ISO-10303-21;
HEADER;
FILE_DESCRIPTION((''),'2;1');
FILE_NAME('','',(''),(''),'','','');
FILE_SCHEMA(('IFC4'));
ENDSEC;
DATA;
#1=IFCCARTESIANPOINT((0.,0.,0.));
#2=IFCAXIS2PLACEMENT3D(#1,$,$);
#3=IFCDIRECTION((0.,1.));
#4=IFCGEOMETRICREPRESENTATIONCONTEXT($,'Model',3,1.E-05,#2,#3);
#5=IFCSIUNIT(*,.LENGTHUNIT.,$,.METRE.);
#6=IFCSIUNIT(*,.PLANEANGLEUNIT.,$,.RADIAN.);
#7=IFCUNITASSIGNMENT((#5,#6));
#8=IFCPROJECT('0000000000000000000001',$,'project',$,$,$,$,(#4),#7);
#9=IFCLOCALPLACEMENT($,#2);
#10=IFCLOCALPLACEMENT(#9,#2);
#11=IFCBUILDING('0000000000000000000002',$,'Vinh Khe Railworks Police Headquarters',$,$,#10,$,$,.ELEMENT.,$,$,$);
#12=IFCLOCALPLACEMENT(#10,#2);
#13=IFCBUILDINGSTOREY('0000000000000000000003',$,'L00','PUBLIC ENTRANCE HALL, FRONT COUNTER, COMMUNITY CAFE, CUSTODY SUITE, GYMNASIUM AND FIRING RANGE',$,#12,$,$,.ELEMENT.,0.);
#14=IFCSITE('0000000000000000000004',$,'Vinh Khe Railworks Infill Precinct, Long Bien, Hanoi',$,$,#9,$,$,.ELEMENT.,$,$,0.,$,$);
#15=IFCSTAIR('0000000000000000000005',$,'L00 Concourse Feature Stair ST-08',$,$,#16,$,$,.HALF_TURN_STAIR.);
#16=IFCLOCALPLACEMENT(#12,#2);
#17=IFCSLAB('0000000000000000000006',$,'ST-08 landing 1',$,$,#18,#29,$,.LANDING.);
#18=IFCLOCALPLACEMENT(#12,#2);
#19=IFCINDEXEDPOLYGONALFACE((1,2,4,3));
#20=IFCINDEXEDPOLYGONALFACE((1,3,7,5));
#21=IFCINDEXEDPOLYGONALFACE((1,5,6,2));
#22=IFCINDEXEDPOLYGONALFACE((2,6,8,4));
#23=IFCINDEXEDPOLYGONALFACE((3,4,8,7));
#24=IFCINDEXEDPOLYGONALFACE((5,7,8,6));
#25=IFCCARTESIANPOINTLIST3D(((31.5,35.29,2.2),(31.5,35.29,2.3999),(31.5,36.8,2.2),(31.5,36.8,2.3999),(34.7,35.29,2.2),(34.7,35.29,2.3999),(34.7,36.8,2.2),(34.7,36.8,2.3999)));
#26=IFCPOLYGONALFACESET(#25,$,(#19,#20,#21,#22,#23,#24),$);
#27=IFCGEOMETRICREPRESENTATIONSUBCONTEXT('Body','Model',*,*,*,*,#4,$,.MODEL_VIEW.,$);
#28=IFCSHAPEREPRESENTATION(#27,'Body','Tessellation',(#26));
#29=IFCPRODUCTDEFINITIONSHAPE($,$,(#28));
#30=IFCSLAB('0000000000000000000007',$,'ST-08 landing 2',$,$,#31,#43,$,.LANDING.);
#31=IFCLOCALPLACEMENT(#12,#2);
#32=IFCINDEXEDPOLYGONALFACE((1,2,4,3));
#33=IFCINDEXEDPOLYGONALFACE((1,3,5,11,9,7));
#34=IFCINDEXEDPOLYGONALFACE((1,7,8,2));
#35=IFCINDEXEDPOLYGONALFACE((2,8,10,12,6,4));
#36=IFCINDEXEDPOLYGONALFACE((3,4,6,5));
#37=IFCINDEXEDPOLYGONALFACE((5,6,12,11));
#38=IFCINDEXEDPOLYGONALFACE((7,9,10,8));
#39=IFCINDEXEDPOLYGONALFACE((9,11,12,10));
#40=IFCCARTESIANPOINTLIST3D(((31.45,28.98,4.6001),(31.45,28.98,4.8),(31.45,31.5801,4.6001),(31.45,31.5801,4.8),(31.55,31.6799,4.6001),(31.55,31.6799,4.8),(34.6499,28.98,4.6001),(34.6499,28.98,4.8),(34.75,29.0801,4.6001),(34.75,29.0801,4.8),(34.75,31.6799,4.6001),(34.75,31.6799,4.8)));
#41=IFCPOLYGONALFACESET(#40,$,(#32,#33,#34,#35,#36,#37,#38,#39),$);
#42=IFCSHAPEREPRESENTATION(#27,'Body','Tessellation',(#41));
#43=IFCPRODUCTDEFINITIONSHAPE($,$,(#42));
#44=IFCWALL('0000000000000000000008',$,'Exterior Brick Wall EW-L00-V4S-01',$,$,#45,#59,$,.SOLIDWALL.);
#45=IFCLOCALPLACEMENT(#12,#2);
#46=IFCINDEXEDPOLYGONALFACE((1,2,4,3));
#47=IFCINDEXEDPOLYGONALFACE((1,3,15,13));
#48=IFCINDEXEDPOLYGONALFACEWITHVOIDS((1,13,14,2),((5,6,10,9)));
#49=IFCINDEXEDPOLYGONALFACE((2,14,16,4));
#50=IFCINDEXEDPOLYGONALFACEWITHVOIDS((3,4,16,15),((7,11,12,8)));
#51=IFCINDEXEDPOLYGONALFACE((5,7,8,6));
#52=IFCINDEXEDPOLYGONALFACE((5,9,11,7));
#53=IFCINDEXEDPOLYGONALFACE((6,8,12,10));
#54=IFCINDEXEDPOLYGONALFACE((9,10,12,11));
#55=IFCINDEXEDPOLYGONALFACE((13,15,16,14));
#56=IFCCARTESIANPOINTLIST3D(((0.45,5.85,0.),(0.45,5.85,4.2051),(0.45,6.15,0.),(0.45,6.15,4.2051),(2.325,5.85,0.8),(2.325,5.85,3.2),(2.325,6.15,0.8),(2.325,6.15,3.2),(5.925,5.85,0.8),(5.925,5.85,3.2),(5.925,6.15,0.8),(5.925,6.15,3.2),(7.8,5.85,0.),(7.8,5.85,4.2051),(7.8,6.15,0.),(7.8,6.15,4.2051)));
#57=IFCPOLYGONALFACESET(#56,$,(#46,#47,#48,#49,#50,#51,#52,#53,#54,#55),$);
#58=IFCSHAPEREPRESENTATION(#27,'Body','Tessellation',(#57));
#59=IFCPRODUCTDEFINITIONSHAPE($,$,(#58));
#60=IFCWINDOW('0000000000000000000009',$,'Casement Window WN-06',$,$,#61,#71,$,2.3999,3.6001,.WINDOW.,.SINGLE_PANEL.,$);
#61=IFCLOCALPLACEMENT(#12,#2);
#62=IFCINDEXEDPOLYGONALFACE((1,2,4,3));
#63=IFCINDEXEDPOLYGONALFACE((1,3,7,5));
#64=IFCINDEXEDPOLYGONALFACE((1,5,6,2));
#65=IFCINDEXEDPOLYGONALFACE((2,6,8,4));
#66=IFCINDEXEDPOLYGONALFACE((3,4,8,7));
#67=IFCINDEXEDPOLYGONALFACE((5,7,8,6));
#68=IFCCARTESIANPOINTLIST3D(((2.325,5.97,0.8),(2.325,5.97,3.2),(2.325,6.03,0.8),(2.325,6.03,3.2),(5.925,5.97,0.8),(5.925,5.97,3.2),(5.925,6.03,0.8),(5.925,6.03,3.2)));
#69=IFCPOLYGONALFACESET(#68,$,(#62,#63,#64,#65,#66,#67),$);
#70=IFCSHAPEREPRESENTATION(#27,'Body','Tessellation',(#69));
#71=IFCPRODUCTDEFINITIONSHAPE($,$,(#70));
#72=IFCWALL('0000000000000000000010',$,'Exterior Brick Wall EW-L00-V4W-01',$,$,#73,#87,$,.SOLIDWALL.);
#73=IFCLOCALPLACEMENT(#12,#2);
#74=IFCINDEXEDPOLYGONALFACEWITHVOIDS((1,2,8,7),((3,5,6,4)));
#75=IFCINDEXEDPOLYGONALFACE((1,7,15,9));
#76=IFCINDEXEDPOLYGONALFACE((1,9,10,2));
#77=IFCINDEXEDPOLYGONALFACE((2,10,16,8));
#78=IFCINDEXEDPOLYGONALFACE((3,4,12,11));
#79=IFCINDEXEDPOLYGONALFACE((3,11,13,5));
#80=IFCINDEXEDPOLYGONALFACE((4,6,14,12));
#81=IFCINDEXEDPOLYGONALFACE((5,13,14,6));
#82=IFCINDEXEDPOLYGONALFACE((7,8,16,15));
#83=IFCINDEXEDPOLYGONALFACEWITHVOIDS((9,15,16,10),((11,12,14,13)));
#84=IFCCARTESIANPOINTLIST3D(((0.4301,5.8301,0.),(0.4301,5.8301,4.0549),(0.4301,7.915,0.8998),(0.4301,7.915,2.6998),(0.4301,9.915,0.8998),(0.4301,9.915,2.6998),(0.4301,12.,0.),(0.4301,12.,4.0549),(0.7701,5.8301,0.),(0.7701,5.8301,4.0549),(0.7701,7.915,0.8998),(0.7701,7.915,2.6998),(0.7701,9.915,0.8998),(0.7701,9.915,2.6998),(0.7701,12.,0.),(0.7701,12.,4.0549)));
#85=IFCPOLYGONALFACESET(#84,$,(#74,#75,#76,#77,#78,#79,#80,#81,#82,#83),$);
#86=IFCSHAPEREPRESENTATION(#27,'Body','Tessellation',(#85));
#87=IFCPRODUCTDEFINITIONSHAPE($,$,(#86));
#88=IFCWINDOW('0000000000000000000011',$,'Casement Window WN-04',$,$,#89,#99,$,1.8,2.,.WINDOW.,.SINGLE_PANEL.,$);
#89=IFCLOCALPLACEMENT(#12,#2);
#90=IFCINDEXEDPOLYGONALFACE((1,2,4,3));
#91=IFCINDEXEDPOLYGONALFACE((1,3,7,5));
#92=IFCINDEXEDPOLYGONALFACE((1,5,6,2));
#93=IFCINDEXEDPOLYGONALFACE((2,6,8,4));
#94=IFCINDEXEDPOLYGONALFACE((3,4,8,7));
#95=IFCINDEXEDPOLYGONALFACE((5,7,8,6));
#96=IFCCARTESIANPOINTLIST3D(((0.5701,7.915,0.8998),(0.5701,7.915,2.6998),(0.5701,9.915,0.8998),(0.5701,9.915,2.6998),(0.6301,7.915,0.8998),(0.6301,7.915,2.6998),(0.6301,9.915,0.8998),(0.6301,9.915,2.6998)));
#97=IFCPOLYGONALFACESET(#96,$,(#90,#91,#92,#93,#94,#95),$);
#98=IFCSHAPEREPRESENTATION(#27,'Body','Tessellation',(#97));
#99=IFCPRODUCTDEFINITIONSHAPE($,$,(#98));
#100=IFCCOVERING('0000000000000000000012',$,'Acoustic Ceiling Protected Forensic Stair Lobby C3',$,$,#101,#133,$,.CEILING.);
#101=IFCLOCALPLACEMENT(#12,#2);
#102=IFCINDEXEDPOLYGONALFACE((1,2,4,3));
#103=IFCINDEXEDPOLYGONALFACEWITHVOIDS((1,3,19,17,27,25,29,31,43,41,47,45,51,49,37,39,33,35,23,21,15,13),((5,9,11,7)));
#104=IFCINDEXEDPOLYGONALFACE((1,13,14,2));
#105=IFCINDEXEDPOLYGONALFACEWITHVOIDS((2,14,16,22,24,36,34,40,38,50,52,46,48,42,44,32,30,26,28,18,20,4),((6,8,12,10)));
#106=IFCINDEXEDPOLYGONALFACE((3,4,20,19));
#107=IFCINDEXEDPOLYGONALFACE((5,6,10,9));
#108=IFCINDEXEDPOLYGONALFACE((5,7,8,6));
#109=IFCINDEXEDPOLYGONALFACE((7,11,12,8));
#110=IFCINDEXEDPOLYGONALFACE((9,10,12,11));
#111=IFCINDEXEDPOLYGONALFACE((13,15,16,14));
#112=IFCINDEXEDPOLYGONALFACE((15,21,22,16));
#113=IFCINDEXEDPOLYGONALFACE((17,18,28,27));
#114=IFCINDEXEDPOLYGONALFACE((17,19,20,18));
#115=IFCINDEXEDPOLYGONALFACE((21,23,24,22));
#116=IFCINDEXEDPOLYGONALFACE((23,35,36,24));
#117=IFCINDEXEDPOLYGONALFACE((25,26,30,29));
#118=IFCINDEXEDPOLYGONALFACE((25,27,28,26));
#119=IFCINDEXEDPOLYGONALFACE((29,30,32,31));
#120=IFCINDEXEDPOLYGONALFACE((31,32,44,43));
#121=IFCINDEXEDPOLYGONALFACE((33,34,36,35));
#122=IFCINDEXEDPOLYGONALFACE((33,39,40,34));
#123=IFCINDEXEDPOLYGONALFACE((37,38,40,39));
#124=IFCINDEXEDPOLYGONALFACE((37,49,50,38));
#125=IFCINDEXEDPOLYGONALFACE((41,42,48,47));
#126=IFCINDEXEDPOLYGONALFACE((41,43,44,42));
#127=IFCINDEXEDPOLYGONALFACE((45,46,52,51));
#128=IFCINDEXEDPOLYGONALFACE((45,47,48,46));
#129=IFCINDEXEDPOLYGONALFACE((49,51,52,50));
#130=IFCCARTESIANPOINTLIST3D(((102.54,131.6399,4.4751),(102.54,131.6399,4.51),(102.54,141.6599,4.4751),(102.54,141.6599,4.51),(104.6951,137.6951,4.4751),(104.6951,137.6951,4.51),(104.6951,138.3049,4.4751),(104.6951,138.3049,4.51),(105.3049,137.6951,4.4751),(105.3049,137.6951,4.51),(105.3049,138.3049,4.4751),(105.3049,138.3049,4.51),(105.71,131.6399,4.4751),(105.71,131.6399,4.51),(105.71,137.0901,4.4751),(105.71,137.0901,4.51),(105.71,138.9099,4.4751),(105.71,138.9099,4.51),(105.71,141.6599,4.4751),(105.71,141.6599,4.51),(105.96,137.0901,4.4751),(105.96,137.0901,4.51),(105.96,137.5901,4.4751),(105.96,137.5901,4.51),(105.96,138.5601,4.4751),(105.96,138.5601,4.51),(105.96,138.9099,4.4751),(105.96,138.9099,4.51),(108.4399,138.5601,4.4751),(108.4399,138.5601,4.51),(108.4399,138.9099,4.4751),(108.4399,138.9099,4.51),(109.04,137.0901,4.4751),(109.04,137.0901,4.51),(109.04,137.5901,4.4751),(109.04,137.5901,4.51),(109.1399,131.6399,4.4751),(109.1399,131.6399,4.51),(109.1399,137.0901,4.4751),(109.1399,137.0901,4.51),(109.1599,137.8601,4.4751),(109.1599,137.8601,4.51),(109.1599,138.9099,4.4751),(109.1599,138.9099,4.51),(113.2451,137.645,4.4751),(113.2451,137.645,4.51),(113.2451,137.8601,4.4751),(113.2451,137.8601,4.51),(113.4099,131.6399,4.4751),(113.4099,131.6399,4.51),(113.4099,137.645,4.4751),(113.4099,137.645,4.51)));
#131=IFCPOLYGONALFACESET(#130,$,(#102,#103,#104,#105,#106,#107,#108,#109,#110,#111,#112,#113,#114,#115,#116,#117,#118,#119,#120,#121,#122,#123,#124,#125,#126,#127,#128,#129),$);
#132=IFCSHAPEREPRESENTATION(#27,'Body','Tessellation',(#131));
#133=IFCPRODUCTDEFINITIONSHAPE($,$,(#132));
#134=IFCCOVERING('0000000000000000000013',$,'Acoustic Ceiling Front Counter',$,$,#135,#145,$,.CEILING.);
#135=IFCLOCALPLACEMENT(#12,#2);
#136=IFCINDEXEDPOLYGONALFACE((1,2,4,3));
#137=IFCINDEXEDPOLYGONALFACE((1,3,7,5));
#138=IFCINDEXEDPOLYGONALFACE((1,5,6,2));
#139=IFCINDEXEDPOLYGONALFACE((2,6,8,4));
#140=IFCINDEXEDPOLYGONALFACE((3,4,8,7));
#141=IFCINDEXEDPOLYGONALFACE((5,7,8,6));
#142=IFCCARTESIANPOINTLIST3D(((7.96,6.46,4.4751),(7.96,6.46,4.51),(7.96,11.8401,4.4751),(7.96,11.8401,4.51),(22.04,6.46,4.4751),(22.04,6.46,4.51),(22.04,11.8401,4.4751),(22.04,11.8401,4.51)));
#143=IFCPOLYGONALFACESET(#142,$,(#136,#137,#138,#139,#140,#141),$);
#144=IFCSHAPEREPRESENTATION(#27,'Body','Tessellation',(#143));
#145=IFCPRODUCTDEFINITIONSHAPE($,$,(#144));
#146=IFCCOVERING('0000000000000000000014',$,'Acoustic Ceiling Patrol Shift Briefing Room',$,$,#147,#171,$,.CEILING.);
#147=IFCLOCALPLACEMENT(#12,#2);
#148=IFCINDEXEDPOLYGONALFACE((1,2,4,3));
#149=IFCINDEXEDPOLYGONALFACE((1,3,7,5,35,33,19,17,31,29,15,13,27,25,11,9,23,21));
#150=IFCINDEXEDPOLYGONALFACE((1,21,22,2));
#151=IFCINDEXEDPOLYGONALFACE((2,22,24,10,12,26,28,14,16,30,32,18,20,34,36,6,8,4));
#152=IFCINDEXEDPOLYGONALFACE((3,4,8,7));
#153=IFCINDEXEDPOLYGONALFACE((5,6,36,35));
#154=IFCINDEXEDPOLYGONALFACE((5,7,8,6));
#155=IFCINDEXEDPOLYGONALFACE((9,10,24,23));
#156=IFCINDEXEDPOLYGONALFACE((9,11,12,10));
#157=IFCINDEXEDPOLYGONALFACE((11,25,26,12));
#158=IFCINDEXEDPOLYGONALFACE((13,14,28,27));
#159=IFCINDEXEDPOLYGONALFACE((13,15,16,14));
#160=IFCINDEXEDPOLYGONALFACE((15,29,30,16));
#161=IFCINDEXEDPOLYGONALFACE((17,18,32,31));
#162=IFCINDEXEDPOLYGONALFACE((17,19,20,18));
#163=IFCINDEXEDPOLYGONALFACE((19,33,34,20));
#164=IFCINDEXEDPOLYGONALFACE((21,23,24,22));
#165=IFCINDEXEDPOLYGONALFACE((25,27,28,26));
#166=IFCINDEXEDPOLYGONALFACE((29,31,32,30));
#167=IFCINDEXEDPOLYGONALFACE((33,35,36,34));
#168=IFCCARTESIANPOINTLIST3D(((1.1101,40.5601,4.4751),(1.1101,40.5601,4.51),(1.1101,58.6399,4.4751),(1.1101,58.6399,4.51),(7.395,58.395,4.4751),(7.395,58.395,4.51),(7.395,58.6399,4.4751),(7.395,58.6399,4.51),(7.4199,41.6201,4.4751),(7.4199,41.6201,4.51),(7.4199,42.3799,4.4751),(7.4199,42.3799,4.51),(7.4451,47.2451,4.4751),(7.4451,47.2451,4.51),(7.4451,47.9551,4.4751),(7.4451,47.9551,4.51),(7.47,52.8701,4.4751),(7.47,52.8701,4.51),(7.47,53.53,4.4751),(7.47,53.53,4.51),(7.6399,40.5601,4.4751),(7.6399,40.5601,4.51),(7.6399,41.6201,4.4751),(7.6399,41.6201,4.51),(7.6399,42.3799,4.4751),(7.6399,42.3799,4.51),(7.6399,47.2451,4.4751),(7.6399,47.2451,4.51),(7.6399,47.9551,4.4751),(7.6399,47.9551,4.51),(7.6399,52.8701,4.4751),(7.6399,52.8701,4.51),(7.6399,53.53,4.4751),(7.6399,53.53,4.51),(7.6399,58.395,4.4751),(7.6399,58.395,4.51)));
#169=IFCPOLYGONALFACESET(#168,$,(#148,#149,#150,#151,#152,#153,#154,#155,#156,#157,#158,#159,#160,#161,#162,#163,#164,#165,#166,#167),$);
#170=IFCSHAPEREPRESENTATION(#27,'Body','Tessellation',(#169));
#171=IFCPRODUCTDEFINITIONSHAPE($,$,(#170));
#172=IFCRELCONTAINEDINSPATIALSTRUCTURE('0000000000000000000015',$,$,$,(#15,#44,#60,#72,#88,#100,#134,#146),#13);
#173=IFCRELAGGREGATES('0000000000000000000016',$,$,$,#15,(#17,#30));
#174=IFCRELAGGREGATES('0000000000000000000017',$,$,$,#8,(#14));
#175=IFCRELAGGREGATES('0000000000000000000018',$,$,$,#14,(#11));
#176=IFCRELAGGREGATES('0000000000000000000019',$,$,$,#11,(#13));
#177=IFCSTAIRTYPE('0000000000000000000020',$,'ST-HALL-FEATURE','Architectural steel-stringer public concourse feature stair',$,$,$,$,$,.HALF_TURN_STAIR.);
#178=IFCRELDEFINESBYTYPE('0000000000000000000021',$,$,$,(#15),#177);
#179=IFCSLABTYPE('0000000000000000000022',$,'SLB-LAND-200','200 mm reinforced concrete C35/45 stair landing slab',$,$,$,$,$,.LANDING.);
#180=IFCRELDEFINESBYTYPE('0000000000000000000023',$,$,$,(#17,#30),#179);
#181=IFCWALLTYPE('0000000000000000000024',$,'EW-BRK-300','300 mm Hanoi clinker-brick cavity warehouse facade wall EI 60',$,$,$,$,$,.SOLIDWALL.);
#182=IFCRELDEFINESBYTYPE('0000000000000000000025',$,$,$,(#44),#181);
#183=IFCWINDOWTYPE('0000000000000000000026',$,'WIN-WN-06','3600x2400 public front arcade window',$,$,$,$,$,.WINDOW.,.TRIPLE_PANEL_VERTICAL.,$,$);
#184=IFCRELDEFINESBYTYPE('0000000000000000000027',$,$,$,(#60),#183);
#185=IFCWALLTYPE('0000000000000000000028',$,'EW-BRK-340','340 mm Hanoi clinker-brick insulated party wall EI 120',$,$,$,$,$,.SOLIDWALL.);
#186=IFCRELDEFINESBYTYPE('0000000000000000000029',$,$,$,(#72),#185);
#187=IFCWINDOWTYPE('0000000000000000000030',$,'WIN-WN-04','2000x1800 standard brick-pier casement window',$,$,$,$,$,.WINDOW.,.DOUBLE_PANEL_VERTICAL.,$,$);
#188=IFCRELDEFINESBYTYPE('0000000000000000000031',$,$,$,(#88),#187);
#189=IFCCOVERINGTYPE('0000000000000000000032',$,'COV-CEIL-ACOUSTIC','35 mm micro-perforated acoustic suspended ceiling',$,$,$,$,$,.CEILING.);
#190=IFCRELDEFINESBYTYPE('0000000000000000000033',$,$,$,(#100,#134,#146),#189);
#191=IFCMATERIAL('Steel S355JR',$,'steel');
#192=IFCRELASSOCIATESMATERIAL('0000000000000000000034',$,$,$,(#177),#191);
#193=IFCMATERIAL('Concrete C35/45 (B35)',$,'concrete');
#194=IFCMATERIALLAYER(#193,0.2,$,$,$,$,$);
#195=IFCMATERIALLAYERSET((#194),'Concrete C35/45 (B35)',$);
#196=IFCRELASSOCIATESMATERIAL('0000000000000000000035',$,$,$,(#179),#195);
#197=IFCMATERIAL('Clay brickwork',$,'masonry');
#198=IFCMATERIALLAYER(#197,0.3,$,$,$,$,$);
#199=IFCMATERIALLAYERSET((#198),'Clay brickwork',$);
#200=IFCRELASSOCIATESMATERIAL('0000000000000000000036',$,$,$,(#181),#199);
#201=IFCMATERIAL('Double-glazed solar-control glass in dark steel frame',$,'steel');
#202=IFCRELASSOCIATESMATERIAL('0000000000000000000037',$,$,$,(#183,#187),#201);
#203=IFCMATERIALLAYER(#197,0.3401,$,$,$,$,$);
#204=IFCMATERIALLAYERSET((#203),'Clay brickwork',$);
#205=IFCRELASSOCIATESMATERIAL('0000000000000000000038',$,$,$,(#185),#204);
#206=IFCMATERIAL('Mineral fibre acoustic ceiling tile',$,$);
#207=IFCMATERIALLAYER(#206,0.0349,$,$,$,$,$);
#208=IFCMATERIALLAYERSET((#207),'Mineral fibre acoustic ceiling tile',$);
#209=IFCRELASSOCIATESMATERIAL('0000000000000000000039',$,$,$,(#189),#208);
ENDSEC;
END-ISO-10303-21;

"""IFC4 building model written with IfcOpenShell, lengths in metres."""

from ifc_helpers import new_model, si_unit, direction, frame, frame_2d, origin, place, context, subcontext, project, spatial, polyline, rectangle, outline, extrude, material, layer, layer_set, type_object, element, fill, aggregate, save


model = new_model("IFC4")

# Units and contexts
model_context = context("Model", 3, precision=1e-05, world=origin(), true_north=direction((0.0, 1.0)))
body_context = subcontext(model_context, "Body", "Model", "MODEL_VIEW")
ifc_project = project(units=[si_unit("LENGTHUNIT", "METRE"), si_unit("PLANEANGLEUNIT", "RADIAN")], contexts=[model_context])

# Site, building, storey
site_placement = place(None, origin())
site = spatial("IfcSite", under=ifc_project, at=site_placement, Name="Vinh Khe Railworks Infill Precinct, Long Bien, Hanoi", CompositionType="ELEMENT", RefElevation=0.0)
building_placement = place(site_placement, origin())
building = spatial("IfcBuilding", under=site, at=building_placement, Name="Vinh Khe Railworks Police Headquarters", CompositionType="ELEMENT")
storey_placement = place(building_placement, origin())
storey = spatial("IfcBuildingStorey", under=building, at=storey_placement, Name="L00", Description="PUBLIC ENTRANCE HALL, FRONT COUNTER, COMMUNITY CAFE, CUSTODY SUITE, GYMNASIUM AND FIRING RANGE", CompositionType="ELEMENT", Elevation=0.0)

# Shared definitions
ifc_material_1 = material(Name="Concrete C35/45 (B35)", Category="concrete")

# Stair, slabs
ifc_material_2 = material(Name="Steel S355JR", Category="steel")
stair_type = type_object("IfcStairType", Name="ST-HALL-FEATURE", Description="Architectural steel-stringer public concourse feature stair", PredefinedType="HALF_TURN_STAIR", material=ifc_material_2)
stair_placement = place(storey_placement, origin())
stair = element("IfcStair", 1, at=stair_placement, inside=storey, type_object=stair_type, Name="L00 Concourse Feature Stair ST-08", PredefinedType="HALF_TURN_STAIR")
ifc_layer_1 = layer(ifc_material_1, 0.2)
ifc_layer_set_1 = layer_set([ifc_layer_1], Name="Concrete C35/45 (B35)")
slab_type = type_object("IfcSlabType", Name="SLB-LAND-200", Description="200 mm reinforced concrete C35/45 stair landing slab", PredefinedType="LANDING", material=ifc_layer_set_1)
slab_1_placement = place(storey_placement, frame((0.0, 0.0, 2.2)))
slab_1 = element("IfcSlab", 2, at=slab_1_placement, type_object=slab_type, Name="ST-08 landing 1", PredefinedType="LANDING", context=body_context, shape_type="SweptSolid", body=[
    extrude(outline(polyline([(34.7, 35.29), (34.7, 36.8), (31.5, 36.8), (31.5, 35.29), (34.7, 35.29)])), origin(), (0.0, 0.0, 1.0), 0.2),
])
slab_2_placement = place(storey_placement, frame((0.0, 0.0, 4.6001)))
slab_2 = element("IfcSlab", 3, at=slab_2_placement, type_object=slab_type, Name="ST-08 landing 2", PredefinedType="LANDING", context=body_context, shape_type="SweptSolid", body=[
    extrude(outline(polyline([(31.45, 28.98), (34.6499, 28.98), (34.75, 29.0801), (34.75, 31.6799), (31.55, 31.6799), (31.45, 31.5801), (31.45, 28.98)])), origin(), (0.0, 0.0, 1.0), 0.2),
])
aggregate(stair, [slab_1, slab_2])

# Walls, openings, windows
ifc_material_3 = material(Name="Clay brickwork", Category="masonry")
ifc_layer_2 = layer(ifc_material_3, 0.3)
ifc_layer_set_2 = layer_set([ifc_layer_2], Name="Clay brickwork")
wall_type_1 = type_object("IfcWallType", Name="EW-BRK-300", Description="300 mm Hanoi clinker-brick cavity warehouse facade wall EI 60", PredefinedType="SOLIDWALL", material=ifc_layer_set_2)
wall_1_placement = place(storey_placement, frame((0.45, 6.0, 0.0), z_axis=(0.0, 0.0, 1.0), x_axis=(1.0, 0.0, 0.0)))
wall_1 = element("IfcWall", 4, at=wall_1_placement, inside=storey, type_object=wall_type_1, Name="Exterior Brick Wall EW-L00-V4S-01", PredefinedType="SOLIDWALL", context=body_context, shape_type="SweptSolid", body=[
    extrude(rectangle(XDim=7.3501, YDim=0.3, at=frame_2d((3.675, 0.0))), origin(), (0.0, 0.0, 1.0), 4.2051),
])
opening_1_placement = place(wall_1_placement, frame((1.875, 0.0, 0.8)))
opening_1 = element("IfcOpeningElement", 5, at=opening_1_placement, cuts=wall_1, PredefinedType="OPENING", context=body_context, shape_type="SweptSolid", body=[
    extrude(rectangle(XDim=3.6001, YDim=2.3999, at=frame_2d((1.8, 1.2))), frame((0.0, 0.165, 0.0), z_axis=(0.0, -1.0, 0.0), x_axis=(1.0, 0.0, 0.0)), (0.0, 0.0, 1.0), 0.3298),
])
ifc_material_4 = material(Name="Double-glazed solar-control glass in dark steel frame", Category="steel")
window_type_1 = type_object("IfcWindowType", Name="WIN-WN-06", Description="3600x2400 public front arcade window", PartitioningType="TRIPLE_PANEL_VERTICAL", PredefinedType="WINDOW", material=ifc_material_4)
window_1_placement = place(opening_1_placement, origin())
window_1 = element("IfcWindow", 6, at=window_1_placement, inside=storey, type_object=window_type_1, Name="Casement Window WN-06", OverallHeight=2.3999, OverallWidth=3.6001, PartitioningType="SINGLE_PANEL", PredefinedType="WINDOW", context=body_context, shape_type="SweptSolid", body=[
    extrude(rectangle(XDim=3.6001, YDim=2.3999, at=frame_2d((1.8, 1.2))), frame((0.0, 0.03, 0.0), z_axis=(0.0, -1.0, 0.0), x_axis=(1.0, 0.0, 0.0)), (0.0, 0.0, 1.0), 0.0601),
])
fill(opening_1, window_1)
ifc_layer_3 = layer(ifc_material_3, 0.3401)
ifc_layer_set_3 = layer_set([ifc_layer_3], Name="Clay brickwork")
wall_type_2 = type_object("IfcWallType", Name="EW-BRK-340", Description="340 mm Hanoi clinker-brick insulated party wall EI 120", PredefinedType="SOLIDWALL", material=ifc_layer_set_3)
wall_2_placement = place(storey_placement, frame((0.6001, 5.8301, 0.0), z_axis=(0.0, 0.0, 1.0), x_axis=(0.0, 1.0, 0.0)))
wall_2 = element("IfcWall", 7, at=wall_2_placement, inside=storey, type_object=wall_type_2, Name="Exterior Brick Wall EW-L00-V4W-01", PredefinedType="SOLIDWALL", context=body_context, shape_type="SweptSolid", body=[
    extrude(rectangle(XDim=6.1699, YDim=0.3401, at=frame_2d((3.085, 0.0))), origin(), (0.0, 0.0, 1.0), 4.0549),
])
opening_2_placement = place(wall_2_placement, frame((2.085, 0.0, 0.8999)))
opening_2 = element("IfcOpeningElement", 8, at=opening_2_placement, cuts=wall_2, PredefinedType="OPENING", context=body_context, shape_type="SweptSolid", body=[
    extrude(rectangle(XDim=2.0, YDim=1.8, at=frame_2d((1.0, 0.8999))), frame((0.0, 0.1851, 0.0), z_axis=(0.0, -1.0, 0.0), x_axis=(1.0, 0.0, 0.0)), (0.0, 0.0, 1.0), 0.3699),
])
window_type_2 = type_object("IfcWindowType", Name="WIN-WN-04", Description="2000x1800 standard brick-pier casement window", PartitioningType="DOUBLE_PANEL_VERTICAL", PredefinedType="WINDOW", material=ifc_material_4)
window_2_placement = place(opening_2_placement, origin())
window_2 = element("IfcWindow", 9, at=window_2_placement, inside=storey, type_object=window_type_2, Name="Casement Window WN-04", OverallHeight=1.8, OverallWidth=2.0, PartitioningType="SINGLE_PANEL", PredefinedType="WINDOW", context=body_context, shape_type="SweptSolid", body=[
    extrude(rectangle(XDim=2.0, YDim=1.8, at=frame_2d((1.0, 0.8999))), frame((0.0, 0.03, 0.0), z_axis=(0.0, -1.0, 0.0), x_axis=(1.0, 0.0, 0.0)), (0.0, 0.0, 1.0), 0.0601),
])
fill(opening_2, window_2)

# Coverings
ifc_material_5 = material(Name="Mineral fibre acoustic ceiling tile")
ifc_layer_4 = layer(ifc_material_5, 0.0349)
ifc_layer_set_4 = layer_set([ifc_layer_4], Name="Mineral fibre acoustic ceiling tile")
covering_type_1 = type_object("IfcCoveringType", Name="COV-CEIL-ACOUSTIC", Description="35 mm micro-perforated acoustic suspended ceiling", PredefinedType="CEILING", material=ifc_layer_set_4)
covering_1_placement = place(storey_placement, frame((0.0, 0.0, 4.4751)))
element("IfcCovering", 10, at=covering_1_placement, inside=storey, type_object=covering_type_1, Name="Acoustic Ceiling Protected Forensic Stair Lobby C3", PredefinedType="CEILING", context=body_context, shape_type="SweptSolid", body=[
    extrude(outline(polyline([(113.4099, 137.645), (113.2451, 137.645), (113.2451, 137.8601), (109.1599, 137.8601), (109.1599, 138.9099), (108.4399, 138.9099), (108.4399, 138.5601), (105.96, 138.5601), (105.96, 138.9099), (105.71, 138.9099), (105.71, 141.6599), (102.54, 141.6599), (102.54, 131.6399), (105.71, 131.6399), (105.71, 137.0901), (105.96, 137.0901), (105.96, 137.5901), (109.04, 137.5901), (109.04, 137.0901), (109.1399, 137.0901), (109.1399, 131.6399), (113.4099, 131.6399), (113.4099, 137.645)]), holes=[polyline([(105.3049, 137.6951), (104.6951, 137.6951), (104.6951, 138.3049), (105.3049, 138.3049), (105.3049, 137.6951)])]), origin(), (0.0, 0.0, 1.0), 0.0349),
])
covering_2_placement = place(storey_placement, frame((0.0, 0.0, 4.4751)))
element("IfcCovering", 11, at=covering_2_placement, inside=storey, type_object=covering_type_1, Name="Acoustic Ceiling Front Counter", PredefinedType="CEILING", context=body_context, shape_type="SweptSolid", body=[
    extrude(outline(polyline([(22.04, 11.8401), (7.96, 11.8401), (7.96, 6.46), (22.04, 6.46), (22.04, 11.8401)])), origin(), (0.0, 0.0, 1.0), 0.0349),
])
covering_3_placement = place(storey_placement, frame((0.0, 0.0, 4.4751)))
element("IfcCovering", 12, at=covering_3_placement, inside=storey, type_object=covering_type_1, Name="Acoustic Ceiling Patrol Shift Briefing Room", PredefinedType="CEILING", context=body_context, shape_type="SweptSolid", body=[
    extrude(outline(polyline([(7.6399, 58.395), (7.395, 58.395), (7.395, 58.6399), (1.1101, 58.6399), (1.1101, 40.5601), (7.6399, 40.5601), (7.6399, 41.6201), (7.4199, 41.6201), (7.4199, 42.3799), (7.6399, 42.3799), (7.6399, 47.2451), (7.4451, 47.2451), (7.4451, 47.9551), (7.6399, 47.9551), (7.6399, 52.8701), (7.47, 52.8701), (7.47, 53.53), (7.6399, 53.53), (7.6399, 58.395)])), origin(), (0.0, 0.0, 1.0), 0.0349),
])

save(model, "model.ifc")
